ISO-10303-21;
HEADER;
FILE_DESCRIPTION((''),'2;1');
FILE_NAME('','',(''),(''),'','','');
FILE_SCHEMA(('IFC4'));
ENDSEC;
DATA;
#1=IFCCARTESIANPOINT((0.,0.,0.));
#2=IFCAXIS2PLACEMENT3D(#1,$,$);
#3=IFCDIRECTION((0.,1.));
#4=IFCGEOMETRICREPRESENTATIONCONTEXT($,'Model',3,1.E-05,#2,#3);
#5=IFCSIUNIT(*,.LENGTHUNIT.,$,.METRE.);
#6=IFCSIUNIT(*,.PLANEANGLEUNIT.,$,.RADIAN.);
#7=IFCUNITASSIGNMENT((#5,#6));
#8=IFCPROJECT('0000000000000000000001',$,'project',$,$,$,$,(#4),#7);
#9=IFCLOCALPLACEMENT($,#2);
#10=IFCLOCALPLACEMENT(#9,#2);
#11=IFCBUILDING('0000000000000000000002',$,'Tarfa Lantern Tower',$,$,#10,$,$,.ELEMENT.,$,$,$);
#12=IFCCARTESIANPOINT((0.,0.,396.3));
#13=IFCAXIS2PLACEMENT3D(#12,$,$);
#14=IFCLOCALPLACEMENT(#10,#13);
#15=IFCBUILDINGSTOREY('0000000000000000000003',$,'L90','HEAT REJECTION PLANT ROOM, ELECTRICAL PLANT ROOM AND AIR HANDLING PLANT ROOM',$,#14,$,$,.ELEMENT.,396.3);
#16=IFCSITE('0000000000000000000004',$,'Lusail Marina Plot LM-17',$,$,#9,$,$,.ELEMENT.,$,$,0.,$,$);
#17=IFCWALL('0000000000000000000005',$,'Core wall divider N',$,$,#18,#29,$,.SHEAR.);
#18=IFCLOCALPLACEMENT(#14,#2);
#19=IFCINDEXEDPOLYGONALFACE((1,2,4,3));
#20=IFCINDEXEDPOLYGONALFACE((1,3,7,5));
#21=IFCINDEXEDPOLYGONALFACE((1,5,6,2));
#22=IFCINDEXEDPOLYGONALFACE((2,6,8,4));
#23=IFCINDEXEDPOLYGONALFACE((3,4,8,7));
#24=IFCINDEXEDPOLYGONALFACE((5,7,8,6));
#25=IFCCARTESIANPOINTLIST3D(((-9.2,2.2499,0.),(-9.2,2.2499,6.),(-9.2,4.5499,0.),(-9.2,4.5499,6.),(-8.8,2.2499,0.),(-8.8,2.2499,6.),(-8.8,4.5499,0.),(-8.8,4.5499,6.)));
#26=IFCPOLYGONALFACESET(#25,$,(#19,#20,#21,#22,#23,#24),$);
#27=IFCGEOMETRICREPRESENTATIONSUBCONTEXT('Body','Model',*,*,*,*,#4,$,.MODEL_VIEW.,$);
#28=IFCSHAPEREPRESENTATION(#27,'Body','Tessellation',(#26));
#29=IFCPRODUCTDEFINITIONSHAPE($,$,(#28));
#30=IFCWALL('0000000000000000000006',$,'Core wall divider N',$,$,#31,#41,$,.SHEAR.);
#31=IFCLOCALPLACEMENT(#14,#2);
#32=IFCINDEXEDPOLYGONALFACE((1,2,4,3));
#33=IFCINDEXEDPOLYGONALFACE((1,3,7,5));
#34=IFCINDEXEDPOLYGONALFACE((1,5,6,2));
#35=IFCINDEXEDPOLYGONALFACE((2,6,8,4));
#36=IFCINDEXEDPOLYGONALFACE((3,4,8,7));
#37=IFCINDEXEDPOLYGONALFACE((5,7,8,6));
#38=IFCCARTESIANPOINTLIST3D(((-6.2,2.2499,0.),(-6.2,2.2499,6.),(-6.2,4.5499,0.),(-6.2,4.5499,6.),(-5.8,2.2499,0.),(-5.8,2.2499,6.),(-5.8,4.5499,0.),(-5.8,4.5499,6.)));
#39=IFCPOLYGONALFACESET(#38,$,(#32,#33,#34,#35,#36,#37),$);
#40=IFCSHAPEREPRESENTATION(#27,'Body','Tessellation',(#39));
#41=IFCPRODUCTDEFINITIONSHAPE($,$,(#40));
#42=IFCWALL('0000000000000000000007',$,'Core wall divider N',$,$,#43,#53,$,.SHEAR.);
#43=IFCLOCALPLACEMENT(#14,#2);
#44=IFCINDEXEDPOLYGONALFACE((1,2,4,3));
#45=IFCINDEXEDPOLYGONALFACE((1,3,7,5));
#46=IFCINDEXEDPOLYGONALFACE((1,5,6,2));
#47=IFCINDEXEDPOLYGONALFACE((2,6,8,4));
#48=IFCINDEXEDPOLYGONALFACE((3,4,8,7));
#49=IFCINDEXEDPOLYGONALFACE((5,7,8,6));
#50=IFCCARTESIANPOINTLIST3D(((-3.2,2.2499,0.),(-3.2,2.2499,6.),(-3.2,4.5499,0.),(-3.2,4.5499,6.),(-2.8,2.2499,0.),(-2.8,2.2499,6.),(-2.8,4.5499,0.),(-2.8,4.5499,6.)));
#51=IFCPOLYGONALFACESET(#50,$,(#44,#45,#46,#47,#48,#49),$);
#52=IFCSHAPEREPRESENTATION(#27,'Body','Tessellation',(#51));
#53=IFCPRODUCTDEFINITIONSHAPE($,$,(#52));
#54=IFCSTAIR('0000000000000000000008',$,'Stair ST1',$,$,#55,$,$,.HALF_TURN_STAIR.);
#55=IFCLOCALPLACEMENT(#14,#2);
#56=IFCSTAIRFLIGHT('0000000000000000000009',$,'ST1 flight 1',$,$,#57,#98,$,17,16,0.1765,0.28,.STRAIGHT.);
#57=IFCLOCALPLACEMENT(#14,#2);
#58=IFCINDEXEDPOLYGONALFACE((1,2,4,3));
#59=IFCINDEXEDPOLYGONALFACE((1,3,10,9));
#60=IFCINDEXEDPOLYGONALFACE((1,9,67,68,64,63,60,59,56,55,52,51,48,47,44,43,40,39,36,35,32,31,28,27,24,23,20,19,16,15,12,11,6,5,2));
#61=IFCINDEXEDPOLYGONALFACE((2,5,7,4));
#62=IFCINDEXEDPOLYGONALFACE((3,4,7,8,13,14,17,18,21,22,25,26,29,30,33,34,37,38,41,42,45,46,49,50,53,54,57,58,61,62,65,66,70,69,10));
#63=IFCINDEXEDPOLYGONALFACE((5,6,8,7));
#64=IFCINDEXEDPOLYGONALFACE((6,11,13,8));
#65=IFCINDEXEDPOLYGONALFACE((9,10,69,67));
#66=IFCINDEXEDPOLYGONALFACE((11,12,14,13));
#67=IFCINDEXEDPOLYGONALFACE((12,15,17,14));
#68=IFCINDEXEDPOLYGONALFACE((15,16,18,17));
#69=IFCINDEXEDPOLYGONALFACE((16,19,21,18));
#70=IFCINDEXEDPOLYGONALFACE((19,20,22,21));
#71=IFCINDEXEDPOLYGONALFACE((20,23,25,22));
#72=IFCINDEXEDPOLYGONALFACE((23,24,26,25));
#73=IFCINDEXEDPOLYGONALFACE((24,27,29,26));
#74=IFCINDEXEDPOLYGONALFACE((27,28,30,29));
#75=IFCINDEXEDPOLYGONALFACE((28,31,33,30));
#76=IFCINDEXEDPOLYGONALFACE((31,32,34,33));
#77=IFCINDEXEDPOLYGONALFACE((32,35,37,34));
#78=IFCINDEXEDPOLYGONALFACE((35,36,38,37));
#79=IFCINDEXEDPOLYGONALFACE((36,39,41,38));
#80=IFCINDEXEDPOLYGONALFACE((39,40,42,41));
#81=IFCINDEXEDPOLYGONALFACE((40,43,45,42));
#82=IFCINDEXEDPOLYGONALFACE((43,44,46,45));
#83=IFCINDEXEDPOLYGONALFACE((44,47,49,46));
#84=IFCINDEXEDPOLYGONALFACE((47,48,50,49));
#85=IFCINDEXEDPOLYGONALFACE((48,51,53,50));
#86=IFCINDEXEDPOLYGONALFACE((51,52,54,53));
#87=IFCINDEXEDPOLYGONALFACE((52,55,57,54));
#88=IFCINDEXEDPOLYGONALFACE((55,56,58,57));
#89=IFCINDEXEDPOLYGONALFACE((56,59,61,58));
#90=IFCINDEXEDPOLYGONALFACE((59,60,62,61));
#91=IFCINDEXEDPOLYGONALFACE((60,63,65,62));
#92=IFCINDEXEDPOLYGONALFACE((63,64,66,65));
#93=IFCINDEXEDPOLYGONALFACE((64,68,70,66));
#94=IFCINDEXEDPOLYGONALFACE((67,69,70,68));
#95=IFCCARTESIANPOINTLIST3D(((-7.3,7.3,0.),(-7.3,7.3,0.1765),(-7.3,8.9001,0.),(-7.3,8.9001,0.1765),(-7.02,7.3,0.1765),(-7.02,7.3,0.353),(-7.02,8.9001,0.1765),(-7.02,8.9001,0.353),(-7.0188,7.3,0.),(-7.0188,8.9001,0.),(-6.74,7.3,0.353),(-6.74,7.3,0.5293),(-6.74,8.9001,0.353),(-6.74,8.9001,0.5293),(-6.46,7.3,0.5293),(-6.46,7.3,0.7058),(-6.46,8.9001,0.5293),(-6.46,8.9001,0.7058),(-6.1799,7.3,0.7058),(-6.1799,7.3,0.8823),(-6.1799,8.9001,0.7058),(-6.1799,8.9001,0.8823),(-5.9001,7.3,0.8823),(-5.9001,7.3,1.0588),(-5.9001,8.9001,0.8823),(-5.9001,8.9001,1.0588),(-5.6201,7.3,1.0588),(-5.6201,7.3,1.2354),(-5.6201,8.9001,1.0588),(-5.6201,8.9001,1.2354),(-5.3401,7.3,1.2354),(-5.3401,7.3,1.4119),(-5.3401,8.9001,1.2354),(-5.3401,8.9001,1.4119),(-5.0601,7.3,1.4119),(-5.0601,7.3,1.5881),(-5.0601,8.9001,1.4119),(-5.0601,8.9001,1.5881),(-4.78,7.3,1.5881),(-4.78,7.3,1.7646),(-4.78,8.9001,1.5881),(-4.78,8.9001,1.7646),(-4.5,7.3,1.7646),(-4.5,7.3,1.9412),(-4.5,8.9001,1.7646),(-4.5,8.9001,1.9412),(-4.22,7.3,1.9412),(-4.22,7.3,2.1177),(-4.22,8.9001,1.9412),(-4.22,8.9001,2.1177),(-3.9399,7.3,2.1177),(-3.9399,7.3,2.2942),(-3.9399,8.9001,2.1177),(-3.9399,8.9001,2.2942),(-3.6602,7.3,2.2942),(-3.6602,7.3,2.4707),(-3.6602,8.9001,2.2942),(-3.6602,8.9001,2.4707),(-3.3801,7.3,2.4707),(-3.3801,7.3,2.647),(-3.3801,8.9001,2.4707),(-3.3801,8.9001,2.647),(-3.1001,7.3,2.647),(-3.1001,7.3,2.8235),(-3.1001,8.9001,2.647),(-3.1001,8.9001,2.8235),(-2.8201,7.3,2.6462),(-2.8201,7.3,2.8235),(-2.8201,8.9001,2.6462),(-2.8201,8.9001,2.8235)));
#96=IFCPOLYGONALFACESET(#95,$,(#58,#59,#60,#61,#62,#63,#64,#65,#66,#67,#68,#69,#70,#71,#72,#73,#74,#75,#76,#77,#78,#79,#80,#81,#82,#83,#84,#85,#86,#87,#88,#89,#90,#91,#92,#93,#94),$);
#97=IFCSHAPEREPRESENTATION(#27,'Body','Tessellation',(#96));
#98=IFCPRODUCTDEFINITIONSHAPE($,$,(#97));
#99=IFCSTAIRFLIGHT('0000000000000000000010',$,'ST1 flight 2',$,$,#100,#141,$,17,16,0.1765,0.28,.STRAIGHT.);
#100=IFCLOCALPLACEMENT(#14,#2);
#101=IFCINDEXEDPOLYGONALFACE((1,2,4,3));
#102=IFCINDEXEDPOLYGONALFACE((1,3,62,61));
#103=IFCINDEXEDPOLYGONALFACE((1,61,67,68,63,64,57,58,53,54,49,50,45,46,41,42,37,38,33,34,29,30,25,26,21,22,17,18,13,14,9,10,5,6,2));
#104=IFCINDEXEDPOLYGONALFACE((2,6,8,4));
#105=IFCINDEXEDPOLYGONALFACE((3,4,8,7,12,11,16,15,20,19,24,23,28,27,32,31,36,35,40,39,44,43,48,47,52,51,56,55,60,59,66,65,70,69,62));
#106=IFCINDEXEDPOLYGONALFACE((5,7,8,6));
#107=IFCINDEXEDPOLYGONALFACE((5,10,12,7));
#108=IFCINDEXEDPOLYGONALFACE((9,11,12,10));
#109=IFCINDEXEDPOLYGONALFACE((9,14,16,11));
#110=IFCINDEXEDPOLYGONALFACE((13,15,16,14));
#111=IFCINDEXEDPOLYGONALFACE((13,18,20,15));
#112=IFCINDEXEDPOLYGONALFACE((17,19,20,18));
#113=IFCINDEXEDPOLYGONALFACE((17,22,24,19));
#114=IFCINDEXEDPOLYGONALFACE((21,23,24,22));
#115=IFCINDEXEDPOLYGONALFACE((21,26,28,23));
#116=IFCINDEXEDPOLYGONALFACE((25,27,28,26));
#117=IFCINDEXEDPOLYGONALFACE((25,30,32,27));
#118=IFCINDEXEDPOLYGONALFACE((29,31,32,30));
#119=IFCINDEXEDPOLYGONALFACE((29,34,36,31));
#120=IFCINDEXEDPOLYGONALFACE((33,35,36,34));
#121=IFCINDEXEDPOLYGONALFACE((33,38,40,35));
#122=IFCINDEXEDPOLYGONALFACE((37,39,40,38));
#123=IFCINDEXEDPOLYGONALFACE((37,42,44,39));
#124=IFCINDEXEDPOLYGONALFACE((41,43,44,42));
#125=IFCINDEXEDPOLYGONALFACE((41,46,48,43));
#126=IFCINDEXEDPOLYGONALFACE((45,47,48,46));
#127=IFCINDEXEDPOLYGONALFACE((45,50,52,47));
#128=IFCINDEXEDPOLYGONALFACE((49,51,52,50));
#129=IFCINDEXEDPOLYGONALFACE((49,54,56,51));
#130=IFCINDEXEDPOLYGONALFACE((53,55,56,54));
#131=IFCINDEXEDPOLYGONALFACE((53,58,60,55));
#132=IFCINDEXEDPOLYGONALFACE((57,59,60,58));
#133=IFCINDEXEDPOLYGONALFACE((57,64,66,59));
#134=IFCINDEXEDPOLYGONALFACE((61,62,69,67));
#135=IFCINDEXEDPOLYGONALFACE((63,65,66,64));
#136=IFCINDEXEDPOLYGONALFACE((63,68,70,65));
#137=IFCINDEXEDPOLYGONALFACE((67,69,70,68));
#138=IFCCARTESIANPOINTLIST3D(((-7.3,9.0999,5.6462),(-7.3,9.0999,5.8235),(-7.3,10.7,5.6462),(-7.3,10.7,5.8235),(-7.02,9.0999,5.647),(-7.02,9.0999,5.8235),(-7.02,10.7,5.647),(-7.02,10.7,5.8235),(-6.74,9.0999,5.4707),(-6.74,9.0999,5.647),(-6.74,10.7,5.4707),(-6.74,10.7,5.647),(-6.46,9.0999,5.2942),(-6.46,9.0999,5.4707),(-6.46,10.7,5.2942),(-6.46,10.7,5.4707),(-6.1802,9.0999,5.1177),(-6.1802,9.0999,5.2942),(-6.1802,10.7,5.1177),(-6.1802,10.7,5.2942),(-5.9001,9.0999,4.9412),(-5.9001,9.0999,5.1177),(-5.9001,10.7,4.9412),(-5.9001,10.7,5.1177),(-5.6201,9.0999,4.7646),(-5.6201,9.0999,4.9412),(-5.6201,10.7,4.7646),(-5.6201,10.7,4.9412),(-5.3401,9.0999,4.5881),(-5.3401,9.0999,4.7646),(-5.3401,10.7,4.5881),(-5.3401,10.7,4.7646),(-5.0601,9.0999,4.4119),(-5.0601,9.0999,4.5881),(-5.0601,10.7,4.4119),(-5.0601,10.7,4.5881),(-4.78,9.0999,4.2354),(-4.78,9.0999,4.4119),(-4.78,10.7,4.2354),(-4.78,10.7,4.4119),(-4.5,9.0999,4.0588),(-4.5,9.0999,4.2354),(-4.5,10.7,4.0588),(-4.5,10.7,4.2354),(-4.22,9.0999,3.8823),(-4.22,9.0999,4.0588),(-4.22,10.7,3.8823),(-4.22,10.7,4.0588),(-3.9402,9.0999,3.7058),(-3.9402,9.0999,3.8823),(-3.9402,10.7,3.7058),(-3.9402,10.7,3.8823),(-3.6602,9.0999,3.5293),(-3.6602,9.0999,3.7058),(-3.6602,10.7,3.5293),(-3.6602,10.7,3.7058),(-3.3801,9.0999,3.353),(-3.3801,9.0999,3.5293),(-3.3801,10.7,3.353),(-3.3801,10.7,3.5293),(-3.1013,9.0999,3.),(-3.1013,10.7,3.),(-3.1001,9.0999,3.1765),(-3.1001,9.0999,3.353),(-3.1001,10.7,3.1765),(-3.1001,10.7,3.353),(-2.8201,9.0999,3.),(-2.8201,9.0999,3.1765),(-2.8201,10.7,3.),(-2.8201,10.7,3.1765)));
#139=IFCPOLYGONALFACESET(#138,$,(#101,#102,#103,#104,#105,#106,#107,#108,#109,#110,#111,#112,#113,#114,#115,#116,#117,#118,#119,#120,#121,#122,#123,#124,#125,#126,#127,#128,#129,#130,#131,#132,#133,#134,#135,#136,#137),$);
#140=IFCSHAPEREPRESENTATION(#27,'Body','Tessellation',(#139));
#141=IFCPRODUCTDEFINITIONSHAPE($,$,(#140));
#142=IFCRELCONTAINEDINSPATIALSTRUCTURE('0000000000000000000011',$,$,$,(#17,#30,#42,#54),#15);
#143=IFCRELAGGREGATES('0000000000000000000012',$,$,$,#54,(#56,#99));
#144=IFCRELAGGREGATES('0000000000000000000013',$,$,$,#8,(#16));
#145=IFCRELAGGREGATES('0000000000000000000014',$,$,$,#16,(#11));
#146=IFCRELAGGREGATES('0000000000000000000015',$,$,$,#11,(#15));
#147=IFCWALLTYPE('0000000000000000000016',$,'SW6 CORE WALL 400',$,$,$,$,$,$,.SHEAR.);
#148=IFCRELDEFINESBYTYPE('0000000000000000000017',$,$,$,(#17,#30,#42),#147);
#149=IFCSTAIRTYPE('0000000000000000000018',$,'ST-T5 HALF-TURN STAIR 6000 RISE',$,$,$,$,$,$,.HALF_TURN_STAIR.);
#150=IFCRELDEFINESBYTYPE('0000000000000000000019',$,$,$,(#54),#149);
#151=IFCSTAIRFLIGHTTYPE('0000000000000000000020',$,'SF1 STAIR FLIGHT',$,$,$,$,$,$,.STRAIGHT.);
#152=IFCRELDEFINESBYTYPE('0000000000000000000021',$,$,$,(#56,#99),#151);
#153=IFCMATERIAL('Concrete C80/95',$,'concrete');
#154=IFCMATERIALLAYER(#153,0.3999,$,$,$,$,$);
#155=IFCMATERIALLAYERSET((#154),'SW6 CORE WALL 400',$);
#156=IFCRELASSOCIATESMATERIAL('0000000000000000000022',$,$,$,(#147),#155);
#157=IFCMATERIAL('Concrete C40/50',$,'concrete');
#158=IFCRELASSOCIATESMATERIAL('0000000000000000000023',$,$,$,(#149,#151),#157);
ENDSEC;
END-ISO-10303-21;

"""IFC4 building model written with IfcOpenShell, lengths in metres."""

from ifc_helpers import new_model, si_unit, direction, frame, frame_2d, origin, place, context, subcontext, project, spatial, polyline, rectangle, outline, extrude, material, layer, layer_set, type_object, element, aggregate, save


model = new_model("IFC4")

# Units and contexts
model_context = context("Model", 3, precision=1e-05, world=origin(), true_north=direction((0.0, 1.0)))
body_context = subcontext(model_context, "Body", "Model", "MODEL_VIEW")
ifc_project = project(units=[si_unit("LENGTHUNIT", "METRE"), si_unit("PLANEANGLEUNIT", "RADIAN")], contexts=[model_context])

# Site, building, storey
site_placement = place(None, origin())
site = spatial("IfcSite", under=ifc_project, at=site_placement, Name="Lusail Marina Plot LM-17", CompositionType="ELEMENT", RefElevation=0.0)
building_placement = place(site_placement, origin())
building = spatial("IfcBuilding", under=site, at=building_placement, Name="Tarfa Lantern Tower", CompositionType="ELEMENT")
storey_placement = place(building_placement, frame((0.0, 0.0, 396.3)))
storey = spatial("IfcBuildingStorey", under=building, at=storey_placement, Name="L90", Description="HEAT REJECTION PLANT ROOM, ELECTRICAL PLANT ROOM AND AIR HANDLING PLANT ROOM", CompositionType="ELEMENT", Elevation=396.3)

# Shared definitions
ifc_material_1 = material(Name="Concrete C40/50", Category="concrete")

# Shared definitions
ifc_material_2 = material(Name="Concrete C80/95", Category="concrete")

# Walls
ifc_layer_1 = layer(ifc_material_2, 0.3999)
ifc_layer_set_1 = layer_set([ifc_layer_1], Name="SW6 CORE WALL 400")
wall_type_1 = type_object("IfcWallType", Name="SW6 CORE WALL 400", PredefinedType="SHEAR", material=ifc_layer_set_1)
for number, where, z_axis, x_axis, name in (
    (1, (-9.0, 2.25, 0.0), (0.0, 0.0, 1.0), (0.0, 1.0, 0.0), "Core wall divider N"),
    (2, (-6.0, 2.25, 0.0), (0.0, 0.0, 1.0), (0.0, 1.0, 0.0), "Core wall divider N"),
    (3, (-3.0, 2.25, 0.0), (0.0, 0.0, 1.0), (0.0, 1.0, 0.0), "Core wall divider N"),
):
    element("IfcWall", number, at=place(storey_placement, frame(where, z_axis=z_axis, x_axis=x_axis)), inside=storey, type_object=wall_type_1, Name=name, PredefinedType="SHEAR", context=body_context, shape_type="SweptSolid", body=[
        extrude(rectangle(XDim=2.3, YDim=0.3999, at=frame_2d((1.1499, 0.0))), origin(), (0.0, 0.0, 1.0), 6.0),
    ])

# Stair, stair flights
stair_type = type_object("IfcStairType", Name="ST-T5 HALF-TURN STAIR 6000 RISE", PredefinedType="HALF_TURN_STAIR", material=ifc_material_1)
stair_placement = place(storey_placement, origin())
stair = element("IfcStair", 4, at=stair_placement, inside=storey, type_object=stair_type, Name="Stair ST1", PredefinedType="HALF_TURN_STAIR")
stair_flight_type = type_object("IfcStairFlightType", Name="SF1 STAIR FLIGHT", PredefinedType="STRAIGHT", material=ifc_material_1)
stair_flight_1_placement = place(storey_placement, frame((-7.3, 8.1001, 0.0), z_axis=(0.0, 0.0, 1.0), x_axis=(1.0, 0.0, 0.0)))
stair_flight_1 = element("IfcStairFlight", 5, at=stair_flight_1_placement, type_object=stair_flight_type, Name="ST1 flight 1", NumberOfRisers=17, NumberOfTreads=16, PredefinedType="STRAIGHT", RiserHeight=0.1765, TreadLength=0.28, context=body_context, shape_type="SweptSolid", body=[
    extrude(outline(polyline([(0.0, 0.0), (0.0, 0.1765), (0.28, 0.1765), (0.28, 0.353), (0.5601, 0.353), (0.5601, 0.5293), (0.8401, 0.5293), (0.8401, 0.7058), (1.1201, 0.7058), (1.1201, 0.8823), (1.3999, 0.8823), (1.3999, 1.0588), (1.6799, 1.0588), (1.6799, 1.2354), (1.96, 1.2354), (1.96, 1.4119), (2.24, 1.4119), (2.24, 1.5881), (2.52, 1.5881), (2.52, 1.7646), (2.8, 1.7646), (2.8, 1.9412), (3.0801, 1.9412), (3.0801, 2.1177), (3.3601, 2.1177), (3.3601, 2.2942), (3.6399, 2.2942), (3.6399, 2.4707), (3.9199, 2.4707), (3.9199, 2.647), (4.2, 2.647), (4.2, 2.8235), (4.48, 2.8235), (4.48, 3.0), (4.48, 2.6462), (0.2812, 0.0), (0.0, 0.0)])), frame((0.0, 0.8, 0.0), z_axis=(0.0, -1.0, 0.0), x_axis=(1.0, 0.0, 0.0)), (0.0, 0.0, 1.0), 1.6001),
])
stair_flight_2_placement = place(storey_placement, frame((-2.8201, 9.8999, 3.0), z_axis=(0.0, 0.0, 1.0), x_axis=(-1.0, 0.0, 0.0)))
stair_flight_2 = element("IfcStairFlight", 6, at=stair_flight_2_placement, type_object=stair_flight_type, Name="ST1 flight 2", NumberOfRisers=17, NumberOfTreads=16, PredefinedType="STRAIGHT", RiserHeight=0.1765, TreadLength=0.28, context=body_context, shape_type="SweptSolid", body=[
    extrude(outline(polyline([(0.0, 0.0), (0.0, 0.1765), (0.28, 0.1765), (0.28, 0.353), (0.5601, 0.353), (0.5601, 0.5293), (0.8401, 0.5293), (0.8401, 0.7058), (1.1201, 0.7058), (1.1201, 0.8823), (1.3999, 0.8823), (1.3999, 1.0588), (1.6799, 1.0588), (1.6799, 1.2354), (1.96, 1.2354), (1.96, 1.4119), (2.24, 1.4119), (2.24, 1.5881), (2.52, 1.5881), (2.52, 1.7646), (2.8, 1.7646), (2.8, 1.9412), (3.0801, 1.9412), (3.0801, 2.1177), (3.3601, 2.1177), (3.3601, 2.2942), (3.6399, 2.2942), (3.6399, 2.4707), (3.9199, 2.4707), (3.9199, 2.647), (4.2, 2.647), (4.2, 2.8235), (4.48, 2.8235), (4.48, 3.0), (4.48, 2.6462), (0.2812, 0.0), (0.0, 0.0)])), frame((0.0, 0.8, 0.0), z_axis=(0.0, -1.0, 0.0), x_axis=(1.0, 0.0, 0.0)), (0.0, 0.0, 1.0), 1.6001),
])
aggregate(stair, [stair_flight_1, stair_flight_2])

save(model, "model.ifc")
